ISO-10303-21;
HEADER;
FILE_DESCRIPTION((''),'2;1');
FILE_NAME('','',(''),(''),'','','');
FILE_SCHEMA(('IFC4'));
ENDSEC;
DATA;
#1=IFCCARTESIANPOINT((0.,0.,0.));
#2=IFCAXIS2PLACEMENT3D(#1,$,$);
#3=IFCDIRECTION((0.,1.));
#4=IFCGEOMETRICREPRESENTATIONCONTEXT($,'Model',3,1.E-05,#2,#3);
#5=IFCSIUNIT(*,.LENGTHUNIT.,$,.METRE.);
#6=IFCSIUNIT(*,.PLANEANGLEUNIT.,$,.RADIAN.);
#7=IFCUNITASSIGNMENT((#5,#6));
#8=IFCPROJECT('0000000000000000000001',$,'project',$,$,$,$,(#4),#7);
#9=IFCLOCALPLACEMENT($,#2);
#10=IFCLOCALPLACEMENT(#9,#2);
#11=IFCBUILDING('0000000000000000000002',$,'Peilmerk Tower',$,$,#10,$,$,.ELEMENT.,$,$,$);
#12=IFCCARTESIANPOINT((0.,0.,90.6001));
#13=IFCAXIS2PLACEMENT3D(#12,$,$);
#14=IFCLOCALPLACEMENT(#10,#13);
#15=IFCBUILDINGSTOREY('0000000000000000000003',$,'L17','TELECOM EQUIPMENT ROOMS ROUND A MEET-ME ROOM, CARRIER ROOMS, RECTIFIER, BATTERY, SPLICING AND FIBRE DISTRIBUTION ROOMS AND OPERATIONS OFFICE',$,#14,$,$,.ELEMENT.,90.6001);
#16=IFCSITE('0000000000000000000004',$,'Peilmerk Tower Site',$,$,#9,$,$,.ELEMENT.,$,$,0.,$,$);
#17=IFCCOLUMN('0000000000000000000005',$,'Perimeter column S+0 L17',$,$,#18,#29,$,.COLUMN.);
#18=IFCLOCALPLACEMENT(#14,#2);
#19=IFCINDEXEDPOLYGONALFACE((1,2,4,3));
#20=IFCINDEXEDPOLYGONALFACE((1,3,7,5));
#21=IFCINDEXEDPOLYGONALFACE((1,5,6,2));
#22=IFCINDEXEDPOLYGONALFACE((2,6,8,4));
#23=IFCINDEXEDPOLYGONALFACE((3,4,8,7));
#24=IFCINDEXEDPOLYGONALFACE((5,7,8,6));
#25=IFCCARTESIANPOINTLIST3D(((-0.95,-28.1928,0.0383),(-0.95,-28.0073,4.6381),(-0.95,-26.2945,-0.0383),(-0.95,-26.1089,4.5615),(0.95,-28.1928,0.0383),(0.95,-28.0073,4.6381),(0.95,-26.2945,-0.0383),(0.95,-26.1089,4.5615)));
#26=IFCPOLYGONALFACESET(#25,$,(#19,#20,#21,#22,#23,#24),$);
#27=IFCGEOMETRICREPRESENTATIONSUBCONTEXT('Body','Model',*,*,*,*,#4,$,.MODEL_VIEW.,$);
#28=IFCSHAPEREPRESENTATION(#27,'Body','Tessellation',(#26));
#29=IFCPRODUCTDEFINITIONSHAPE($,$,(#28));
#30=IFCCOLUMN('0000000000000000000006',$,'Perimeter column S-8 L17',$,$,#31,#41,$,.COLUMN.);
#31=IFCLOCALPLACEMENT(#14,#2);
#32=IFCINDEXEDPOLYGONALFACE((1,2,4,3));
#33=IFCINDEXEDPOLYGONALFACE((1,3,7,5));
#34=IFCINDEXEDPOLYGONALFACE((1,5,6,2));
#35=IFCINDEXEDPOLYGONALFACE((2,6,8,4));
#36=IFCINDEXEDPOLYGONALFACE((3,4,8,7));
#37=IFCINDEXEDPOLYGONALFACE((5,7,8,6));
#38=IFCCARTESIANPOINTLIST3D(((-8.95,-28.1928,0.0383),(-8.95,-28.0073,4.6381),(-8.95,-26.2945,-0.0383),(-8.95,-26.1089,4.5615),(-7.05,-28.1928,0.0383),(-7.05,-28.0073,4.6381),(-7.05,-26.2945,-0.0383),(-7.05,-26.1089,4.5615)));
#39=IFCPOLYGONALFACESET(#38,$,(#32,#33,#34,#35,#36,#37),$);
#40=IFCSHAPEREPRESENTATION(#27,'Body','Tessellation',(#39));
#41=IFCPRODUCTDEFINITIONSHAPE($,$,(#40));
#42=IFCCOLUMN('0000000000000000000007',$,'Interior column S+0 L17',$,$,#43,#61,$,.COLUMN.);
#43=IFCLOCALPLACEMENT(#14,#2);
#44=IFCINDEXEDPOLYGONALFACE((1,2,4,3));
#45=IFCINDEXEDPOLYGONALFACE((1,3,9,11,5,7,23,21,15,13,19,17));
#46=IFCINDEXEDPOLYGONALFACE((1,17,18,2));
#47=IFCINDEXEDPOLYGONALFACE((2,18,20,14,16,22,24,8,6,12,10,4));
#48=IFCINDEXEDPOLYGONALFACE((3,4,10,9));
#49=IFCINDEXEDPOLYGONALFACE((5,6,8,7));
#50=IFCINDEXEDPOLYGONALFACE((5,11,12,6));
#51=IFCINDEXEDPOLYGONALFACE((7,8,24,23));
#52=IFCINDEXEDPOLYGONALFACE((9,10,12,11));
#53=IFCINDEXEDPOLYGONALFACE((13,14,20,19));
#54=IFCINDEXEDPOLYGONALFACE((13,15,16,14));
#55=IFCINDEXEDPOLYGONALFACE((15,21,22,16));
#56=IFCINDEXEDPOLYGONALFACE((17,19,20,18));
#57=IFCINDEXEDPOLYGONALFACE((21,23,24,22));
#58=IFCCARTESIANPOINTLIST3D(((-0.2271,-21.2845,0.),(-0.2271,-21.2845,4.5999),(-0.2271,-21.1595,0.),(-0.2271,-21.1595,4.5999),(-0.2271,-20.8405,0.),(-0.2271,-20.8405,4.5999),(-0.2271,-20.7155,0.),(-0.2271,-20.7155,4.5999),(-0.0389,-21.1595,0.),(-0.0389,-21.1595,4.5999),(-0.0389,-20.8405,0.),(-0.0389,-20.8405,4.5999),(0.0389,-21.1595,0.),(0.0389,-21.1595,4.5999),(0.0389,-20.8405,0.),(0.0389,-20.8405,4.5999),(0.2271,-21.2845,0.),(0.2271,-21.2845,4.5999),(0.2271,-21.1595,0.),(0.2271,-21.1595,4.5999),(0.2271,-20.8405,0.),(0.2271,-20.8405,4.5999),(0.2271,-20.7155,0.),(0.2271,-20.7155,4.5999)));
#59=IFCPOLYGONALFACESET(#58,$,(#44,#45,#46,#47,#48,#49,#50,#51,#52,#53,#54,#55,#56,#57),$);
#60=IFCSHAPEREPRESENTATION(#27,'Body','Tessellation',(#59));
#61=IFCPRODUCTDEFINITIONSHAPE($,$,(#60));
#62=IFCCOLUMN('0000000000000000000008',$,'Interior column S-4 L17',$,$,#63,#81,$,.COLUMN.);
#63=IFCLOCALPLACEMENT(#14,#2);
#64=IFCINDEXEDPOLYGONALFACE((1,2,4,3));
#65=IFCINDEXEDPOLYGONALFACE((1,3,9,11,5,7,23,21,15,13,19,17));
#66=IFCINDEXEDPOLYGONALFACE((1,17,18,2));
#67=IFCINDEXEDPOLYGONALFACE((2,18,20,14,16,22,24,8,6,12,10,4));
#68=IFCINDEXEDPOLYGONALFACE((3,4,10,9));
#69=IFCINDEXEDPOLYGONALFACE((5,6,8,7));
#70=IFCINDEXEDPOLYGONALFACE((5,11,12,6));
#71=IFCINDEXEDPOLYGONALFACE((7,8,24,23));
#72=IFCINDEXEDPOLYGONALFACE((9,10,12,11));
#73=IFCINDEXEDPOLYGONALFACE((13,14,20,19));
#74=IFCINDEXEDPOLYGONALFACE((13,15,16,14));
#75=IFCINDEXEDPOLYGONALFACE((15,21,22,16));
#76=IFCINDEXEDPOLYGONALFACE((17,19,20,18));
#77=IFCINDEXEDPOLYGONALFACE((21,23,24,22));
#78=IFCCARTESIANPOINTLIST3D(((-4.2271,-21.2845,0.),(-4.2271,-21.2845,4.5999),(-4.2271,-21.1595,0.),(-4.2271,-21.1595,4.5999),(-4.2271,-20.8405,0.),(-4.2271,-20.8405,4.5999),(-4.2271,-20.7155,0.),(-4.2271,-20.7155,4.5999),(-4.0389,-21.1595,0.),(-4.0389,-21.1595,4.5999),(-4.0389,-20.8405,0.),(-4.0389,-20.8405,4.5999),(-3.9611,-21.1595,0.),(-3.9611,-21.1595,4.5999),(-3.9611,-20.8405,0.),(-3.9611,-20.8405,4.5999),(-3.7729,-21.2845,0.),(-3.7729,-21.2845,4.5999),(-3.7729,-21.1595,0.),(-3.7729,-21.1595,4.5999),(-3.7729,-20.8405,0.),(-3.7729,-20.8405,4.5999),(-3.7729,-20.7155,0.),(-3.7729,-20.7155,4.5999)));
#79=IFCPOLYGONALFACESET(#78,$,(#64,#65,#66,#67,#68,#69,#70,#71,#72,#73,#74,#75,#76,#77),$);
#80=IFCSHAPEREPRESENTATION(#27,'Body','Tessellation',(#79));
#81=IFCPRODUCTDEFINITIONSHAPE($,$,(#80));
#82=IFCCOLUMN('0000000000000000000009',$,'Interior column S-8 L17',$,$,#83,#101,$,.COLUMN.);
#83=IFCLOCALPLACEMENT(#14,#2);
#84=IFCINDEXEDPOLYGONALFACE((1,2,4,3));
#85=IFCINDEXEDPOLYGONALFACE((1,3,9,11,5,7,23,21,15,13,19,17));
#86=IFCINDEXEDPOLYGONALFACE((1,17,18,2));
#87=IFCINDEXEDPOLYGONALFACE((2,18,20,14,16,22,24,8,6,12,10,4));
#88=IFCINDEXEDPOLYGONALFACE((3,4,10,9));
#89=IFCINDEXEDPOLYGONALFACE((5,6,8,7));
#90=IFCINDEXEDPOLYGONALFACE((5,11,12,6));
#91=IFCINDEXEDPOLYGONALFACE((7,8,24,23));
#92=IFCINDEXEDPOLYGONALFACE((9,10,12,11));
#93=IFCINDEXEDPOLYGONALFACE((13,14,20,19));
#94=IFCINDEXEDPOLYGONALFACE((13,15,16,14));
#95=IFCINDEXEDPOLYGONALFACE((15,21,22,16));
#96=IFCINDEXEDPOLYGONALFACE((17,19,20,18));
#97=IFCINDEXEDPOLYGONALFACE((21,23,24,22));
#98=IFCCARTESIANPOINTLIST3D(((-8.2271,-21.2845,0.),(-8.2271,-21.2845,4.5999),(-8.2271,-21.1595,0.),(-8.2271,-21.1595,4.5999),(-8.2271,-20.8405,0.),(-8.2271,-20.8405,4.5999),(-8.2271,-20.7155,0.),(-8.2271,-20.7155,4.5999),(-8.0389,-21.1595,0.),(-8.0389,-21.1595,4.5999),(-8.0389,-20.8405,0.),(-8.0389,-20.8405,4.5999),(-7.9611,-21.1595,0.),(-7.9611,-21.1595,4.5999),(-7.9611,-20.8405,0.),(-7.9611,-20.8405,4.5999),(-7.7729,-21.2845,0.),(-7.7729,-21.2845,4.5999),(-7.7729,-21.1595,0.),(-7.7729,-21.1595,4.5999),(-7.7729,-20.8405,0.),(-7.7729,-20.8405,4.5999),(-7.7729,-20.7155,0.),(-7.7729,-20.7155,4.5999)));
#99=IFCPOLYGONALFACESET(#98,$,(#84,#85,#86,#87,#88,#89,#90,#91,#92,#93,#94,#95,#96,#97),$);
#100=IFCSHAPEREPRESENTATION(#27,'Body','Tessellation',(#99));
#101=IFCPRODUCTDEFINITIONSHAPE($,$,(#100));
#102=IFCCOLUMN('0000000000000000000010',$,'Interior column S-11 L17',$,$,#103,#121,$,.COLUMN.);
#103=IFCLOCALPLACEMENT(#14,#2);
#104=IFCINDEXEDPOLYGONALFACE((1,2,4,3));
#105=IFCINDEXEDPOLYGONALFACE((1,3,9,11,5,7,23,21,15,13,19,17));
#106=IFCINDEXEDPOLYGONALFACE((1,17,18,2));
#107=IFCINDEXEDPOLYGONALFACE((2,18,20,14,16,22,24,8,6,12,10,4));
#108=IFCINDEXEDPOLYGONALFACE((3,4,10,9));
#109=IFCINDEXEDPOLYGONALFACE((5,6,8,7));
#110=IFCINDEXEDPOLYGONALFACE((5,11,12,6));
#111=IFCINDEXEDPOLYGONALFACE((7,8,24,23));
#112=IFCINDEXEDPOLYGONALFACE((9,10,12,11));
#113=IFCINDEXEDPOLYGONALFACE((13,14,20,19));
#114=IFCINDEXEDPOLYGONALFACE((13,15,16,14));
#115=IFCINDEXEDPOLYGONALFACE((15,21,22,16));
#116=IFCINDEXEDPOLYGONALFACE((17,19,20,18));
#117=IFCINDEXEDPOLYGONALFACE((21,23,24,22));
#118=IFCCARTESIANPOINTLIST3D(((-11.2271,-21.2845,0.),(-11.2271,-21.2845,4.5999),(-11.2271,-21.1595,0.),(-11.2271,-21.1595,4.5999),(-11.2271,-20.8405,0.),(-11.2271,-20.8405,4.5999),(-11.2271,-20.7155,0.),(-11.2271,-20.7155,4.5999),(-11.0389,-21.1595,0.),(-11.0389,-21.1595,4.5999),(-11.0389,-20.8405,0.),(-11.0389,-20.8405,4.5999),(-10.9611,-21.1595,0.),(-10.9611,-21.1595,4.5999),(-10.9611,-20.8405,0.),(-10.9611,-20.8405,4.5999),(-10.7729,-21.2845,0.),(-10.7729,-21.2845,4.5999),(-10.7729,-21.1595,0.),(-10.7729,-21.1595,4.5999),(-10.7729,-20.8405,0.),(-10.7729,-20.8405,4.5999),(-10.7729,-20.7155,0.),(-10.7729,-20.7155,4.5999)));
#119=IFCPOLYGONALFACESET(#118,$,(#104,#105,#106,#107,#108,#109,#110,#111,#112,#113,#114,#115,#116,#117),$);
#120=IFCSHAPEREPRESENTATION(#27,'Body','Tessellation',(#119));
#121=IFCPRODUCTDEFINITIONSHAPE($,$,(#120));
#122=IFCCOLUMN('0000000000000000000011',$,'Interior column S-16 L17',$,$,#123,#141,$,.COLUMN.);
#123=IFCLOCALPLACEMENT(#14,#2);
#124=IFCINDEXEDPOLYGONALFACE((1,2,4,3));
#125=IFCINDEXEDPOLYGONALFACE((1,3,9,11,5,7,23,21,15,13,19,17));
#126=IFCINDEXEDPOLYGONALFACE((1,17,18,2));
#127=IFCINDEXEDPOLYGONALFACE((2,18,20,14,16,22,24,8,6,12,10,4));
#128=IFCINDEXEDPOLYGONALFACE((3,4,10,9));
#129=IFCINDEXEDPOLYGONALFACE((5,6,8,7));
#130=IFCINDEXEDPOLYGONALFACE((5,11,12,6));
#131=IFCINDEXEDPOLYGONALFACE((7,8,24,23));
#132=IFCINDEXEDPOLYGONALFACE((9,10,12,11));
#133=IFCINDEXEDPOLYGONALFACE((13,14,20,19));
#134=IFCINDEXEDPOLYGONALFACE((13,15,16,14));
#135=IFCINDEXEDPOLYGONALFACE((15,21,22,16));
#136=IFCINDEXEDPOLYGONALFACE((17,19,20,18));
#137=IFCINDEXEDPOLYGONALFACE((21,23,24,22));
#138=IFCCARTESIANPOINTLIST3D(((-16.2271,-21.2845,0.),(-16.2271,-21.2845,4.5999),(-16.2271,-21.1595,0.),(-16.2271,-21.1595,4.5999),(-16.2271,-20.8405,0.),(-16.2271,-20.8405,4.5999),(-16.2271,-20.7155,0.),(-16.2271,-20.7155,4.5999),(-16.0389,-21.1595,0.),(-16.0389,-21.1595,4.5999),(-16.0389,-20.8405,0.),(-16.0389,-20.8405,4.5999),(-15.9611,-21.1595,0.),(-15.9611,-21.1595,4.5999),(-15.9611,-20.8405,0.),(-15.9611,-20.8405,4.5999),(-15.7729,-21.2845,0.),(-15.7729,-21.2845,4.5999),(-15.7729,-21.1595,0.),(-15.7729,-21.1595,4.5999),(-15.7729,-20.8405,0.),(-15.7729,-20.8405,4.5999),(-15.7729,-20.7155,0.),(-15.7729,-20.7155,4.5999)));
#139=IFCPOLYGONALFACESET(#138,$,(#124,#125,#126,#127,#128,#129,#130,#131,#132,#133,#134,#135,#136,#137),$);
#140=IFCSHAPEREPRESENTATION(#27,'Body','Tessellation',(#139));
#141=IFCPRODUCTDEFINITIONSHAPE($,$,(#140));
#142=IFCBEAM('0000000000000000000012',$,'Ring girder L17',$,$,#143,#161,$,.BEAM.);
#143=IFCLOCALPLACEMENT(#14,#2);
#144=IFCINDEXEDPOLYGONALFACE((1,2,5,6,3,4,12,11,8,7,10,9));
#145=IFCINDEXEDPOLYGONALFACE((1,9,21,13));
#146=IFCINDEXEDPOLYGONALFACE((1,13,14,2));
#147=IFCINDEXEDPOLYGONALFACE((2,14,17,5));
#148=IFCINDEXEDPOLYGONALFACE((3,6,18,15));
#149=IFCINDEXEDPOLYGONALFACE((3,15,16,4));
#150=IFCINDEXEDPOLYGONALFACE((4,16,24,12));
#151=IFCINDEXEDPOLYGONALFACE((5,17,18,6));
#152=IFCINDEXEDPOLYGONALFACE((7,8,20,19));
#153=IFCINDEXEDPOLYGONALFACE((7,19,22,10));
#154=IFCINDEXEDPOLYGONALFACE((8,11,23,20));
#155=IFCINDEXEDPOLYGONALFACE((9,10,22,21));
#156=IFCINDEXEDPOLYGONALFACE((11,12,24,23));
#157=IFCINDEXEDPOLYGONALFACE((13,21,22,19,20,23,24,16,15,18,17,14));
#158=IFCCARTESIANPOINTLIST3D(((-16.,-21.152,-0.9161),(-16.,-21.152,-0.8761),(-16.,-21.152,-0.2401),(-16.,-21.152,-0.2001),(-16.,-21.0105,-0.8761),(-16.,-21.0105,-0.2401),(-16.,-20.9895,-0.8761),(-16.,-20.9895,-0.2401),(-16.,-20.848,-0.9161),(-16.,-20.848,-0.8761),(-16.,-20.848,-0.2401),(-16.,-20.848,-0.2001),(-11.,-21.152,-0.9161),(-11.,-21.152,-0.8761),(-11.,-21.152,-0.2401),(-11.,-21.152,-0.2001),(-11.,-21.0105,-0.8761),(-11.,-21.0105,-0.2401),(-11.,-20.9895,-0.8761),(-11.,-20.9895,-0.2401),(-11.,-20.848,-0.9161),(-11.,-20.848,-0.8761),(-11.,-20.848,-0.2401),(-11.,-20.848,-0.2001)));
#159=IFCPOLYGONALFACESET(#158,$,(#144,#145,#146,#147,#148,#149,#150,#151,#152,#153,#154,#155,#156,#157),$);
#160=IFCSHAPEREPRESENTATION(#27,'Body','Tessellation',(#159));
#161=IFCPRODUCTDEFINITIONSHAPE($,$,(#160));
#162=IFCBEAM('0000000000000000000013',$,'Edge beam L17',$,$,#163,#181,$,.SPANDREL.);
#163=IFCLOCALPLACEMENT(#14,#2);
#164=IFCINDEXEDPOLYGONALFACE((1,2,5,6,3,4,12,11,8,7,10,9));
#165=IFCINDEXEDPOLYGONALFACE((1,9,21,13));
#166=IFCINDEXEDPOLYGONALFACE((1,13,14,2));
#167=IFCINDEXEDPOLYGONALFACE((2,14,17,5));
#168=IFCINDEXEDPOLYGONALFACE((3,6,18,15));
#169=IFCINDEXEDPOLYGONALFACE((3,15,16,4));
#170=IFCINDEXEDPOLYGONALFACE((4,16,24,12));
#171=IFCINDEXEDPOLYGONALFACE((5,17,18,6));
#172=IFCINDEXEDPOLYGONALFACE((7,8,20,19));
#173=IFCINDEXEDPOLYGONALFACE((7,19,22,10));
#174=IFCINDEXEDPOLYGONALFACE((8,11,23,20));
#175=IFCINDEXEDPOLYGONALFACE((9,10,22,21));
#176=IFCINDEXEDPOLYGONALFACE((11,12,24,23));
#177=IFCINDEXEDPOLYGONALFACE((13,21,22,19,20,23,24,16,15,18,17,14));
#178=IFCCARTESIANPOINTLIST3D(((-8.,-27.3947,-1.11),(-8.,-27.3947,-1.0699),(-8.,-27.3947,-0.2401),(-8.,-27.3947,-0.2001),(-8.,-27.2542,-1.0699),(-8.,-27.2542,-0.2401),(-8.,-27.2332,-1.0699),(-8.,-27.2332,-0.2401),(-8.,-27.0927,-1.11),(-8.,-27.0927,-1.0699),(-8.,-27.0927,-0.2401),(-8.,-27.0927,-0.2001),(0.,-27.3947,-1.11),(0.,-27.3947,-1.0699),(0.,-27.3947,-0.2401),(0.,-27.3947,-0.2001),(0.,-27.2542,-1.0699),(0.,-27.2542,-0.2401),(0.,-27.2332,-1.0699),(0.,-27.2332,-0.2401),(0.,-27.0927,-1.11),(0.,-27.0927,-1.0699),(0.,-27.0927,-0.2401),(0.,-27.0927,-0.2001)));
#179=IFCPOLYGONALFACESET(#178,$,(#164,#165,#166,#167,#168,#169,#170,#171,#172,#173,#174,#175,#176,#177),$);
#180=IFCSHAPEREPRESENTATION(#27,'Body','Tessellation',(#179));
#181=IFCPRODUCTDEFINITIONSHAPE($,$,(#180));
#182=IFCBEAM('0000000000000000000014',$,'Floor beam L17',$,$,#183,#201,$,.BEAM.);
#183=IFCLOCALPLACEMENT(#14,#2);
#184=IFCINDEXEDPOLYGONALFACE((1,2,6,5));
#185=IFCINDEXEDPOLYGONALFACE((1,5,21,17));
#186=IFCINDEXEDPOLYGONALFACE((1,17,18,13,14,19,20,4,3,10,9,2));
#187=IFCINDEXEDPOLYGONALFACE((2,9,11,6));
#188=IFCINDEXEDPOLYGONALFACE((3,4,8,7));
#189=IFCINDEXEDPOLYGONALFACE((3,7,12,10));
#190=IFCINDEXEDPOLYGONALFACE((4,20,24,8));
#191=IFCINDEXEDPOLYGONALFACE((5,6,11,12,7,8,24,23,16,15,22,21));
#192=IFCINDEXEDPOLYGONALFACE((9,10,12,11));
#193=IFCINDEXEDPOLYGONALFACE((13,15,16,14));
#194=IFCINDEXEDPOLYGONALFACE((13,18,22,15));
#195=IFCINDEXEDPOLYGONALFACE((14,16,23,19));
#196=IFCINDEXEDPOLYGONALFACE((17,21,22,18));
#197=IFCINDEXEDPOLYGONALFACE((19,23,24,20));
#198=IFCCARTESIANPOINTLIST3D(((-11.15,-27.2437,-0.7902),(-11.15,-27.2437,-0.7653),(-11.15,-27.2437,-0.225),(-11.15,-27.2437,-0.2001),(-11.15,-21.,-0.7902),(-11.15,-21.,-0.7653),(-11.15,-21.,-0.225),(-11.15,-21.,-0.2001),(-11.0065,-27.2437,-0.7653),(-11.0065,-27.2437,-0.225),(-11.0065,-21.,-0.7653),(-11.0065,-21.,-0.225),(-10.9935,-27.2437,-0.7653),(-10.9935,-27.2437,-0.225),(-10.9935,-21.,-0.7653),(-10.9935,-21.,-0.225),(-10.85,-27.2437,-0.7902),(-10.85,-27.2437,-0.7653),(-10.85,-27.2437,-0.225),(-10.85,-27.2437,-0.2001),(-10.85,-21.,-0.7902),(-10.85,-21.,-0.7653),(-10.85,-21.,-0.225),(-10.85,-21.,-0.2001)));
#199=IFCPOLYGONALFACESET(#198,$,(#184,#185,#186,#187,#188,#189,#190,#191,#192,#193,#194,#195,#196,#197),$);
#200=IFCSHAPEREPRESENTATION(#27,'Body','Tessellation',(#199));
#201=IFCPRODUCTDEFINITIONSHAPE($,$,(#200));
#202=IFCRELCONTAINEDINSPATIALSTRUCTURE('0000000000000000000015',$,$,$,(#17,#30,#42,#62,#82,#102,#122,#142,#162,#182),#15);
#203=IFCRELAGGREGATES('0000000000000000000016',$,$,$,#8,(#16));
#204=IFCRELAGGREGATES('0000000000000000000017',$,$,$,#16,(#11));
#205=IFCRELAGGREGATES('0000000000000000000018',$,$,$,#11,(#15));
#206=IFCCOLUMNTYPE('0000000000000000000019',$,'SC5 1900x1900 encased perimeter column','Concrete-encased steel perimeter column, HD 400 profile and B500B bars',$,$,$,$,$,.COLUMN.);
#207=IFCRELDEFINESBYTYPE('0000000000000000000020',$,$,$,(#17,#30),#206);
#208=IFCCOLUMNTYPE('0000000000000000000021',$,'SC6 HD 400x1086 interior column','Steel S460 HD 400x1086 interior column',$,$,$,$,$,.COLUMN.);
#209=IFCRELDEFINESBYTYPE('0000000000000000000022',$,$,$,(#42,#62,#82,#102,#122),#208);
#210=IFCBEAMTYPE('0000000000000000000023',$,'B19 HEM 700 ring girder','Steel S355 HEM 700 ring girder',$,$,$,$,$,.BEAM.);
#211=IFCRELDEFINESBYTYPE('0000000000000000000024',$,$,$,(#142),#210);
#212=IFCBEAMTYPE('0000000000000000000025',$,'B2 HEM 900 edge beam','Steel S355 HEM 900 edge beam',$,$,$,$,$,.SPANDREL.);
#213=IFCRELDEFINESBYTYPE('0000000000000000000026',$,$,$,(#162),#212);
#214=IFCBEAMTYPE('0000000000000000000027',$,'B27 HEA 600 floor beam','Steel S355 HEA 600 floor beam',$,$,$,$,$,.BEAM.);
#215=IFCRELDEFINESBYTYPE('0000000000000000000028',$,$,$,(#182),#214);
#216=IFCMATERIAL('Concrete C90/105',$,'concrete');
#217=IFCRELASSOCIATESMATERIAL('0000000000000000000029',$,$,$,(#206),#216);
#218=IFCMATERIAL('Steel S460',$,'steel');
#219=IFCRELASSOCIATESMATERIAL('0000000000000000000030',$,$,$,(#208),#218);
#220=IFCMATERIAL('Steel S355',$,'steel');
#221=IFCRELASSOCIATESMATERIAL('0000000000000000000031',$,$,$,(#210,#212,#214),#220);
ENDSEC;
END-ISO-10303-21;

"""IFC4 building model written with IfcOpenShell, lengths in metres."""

from ifc_helpers import new_model, si_unit, direction, frame, origin, origin_2d, place, context, subcontext, project, spatial, rectangle, i_section, extrude, material, material_profile, profile_set, type_object, element, save


model = new_model("IFC4")

# Units and contexts
model_context = context("Model", 3, precision=1e-05, world=origin(), true_north=direction((0.0, 1.0)))
body_context = subcontext(model_context, "Body", "Model", "MODEL_VIEW")
ifc_project = project(units=[si_unit("LENGTHUNIT", "METRE"), si_unit("PLANEANGLEUNIT", "RADIAN")], contexts=[model_context])

# Site, building, storey
site_placement = place(None, origin())
site = spatial("IfcSite", under=ifc_project, at=site_placement, Name="Peilmerk Tower Site", CompositionType="ELEMENT", RefElevation=0.0)
building_placement = place(site_placement, origin())
building = spatial("IfcBuilding", under=site, at=building_placement, Name="Peilmerk Tower", CompositionType="ELEMENT")
storey_placement = place(building_placement, frame((0.0, 0.0, 90.6001)))
storey = spatial("IfcBuildingStorey", under=building, at=storey_placement, Name="L17", Description="TELECOM EQUIPMENT ROOMS ROUND A MEET-ME ROOM, CARRIER ROOMS, RECTIFIER, BATTERY, SPLICING AND FIBRE DISTRIBUTION ROOMS AND OPERATIONS OFFICE", CompositionType="ELEMENT", Elevation=90.6001)

# Columns
ifc_material_1 = material(Name="Concrete C90/105", Category="concrete")
ifc_material_profile_1 = material_profile(ifc_material_1, rectangle(XDim=1.8999, YDim=1.8999, at=origin_2d()), Name="RC 1900x1900")
ifc_profile_set_1 = profile_set([ifc_material_profile_1], Name="Concrete C90/105")
column_type_1 = type_object("IfcColumnType", Name="SC5 1900x1900 encased perimeter column", Description="Concrete-encased steel perimeter column, HD 400 profile and B500B bars", PredefinedType="COLUMN", material=ifc_profile_set_1)
for number, where, z_axis, x_axis, name in (
    (1, (0.0, -27.2437, 0.0), (0.0, 0.040305, 0.999187), (-1.0, 0.0, 0.0), "Perimeter column S+0 L17"),
    (2, (-8.0, -27.2437, 0.0), (0.0, 0.040305, 0.999187), (-1.0, 0.0, 0.0), "Perimeter column S-8 L17"),
):
    element("IfcColumn", number, at=place(storey_placement, frame(where, z_axis=z_axis, x_axis=x_axis)), inside=storey, type_object=column_type_1, Name=name, PredefinedType="COLUMN", context=body_context, shape_type="SweptSolid", body=[
        extrude(rectangle(XDim=1.8999, YDim=1.8999, at=origin_2d()), origin(), (0.0, 0.0, 1.0), 4.6035),
    ])
ifc_material_2 = material(Name="Steel S460", Category="steel")
ifc_material_profile_2 = material_profile(ifc_material_2, i_section(OverallWidth=0.4541, OverallDepth=0.5691, WebThickness=0.0779, FlangeThickness=0.125, at=origin_2d()), Name="HD 400x1086")
ifc_profile_set_2 = profile_set([ifc_material_profile_2], Name="Steel S460")
column_type_2 = type_object("IfcColumnType", Name="SC6 HD 400x1086 interior column", Description="Steel S460 HD 400x1086 interior column", PredefinedType="COLUMN", material=ifc_profile_set_2)
for number, where, z_axis, x_axis, name in (
    (3, (0.0, -21.0, 0.0), (0.0, 0.0, 1.0), (1.0, 0.0, 0.0), "Interior column S+0 L17"),
    (4, (-4.0, -21.0, 0.0), (0.0, 0.0, 1.0), (1.0, 0.0, 0.0), "Interior column S-4 L17"),
    (5, (-8.0, -21.0, 0.0), (0.0, 0.0, 1.0), (1.0, 0.0, 0.0), "Interior column S-8 L17"),
    (6, (-11.0, -21.0, 0.0), (0.0, 0.0, 1.0), (1.0, 0.0, 0.0), "Interior column S-11 L17"),
    (7, (-16.0, -21.0, 0.0), (0.0, 0.0, 1.0), (1.0, 0.0, 0.0), "Interior column S-16 L17"),
):
    element("IfcColumn", number, at=place(storey_placement, frame(where, z_axis=z_axis, x_axis=x_axis)), inside=storey, type_object=column_type_2, Name=name, PredefinedType="COLUMN", context=body_context, shape_type="SweptSolid", body=[
        extrude(i_section(OverallWidth=0.4541, OverallDepth=0.5691, WebThickness=0.0779, FlangeThickness=0.125, at=origin_2d()), origin(), (0.0, 0.0, 1.0), 4.5999),
    ])

# Beams
ifc_material_3 = material(Name="Steel S355", Category="steel")
ifc_material_profile_3 = material_profile(ifc_material_3, i_section(OverallWidth=0.304, OverallDepth=0.7161, WebThickness=0.021, FlangeThickness=0.04, at=origin_2d()), Name="HEM 700")
ifc_profile_set_3 = profile_set([ifc_material_profile_3], Name="Steel S355")
beam_type_1 = type_object("IfcBeamType", Name="B19 HEM 700 ring girder", Description="Steel S355 HEM 700 ring girder", PredefinedType="BEAM", material=ifc_profile_set_3)
beam_1_placement = place(storey_placement, frame((-16.0, -21.0, -0.5581), z_axis=(1.0, 0.0, 0.0), x_axis=(0.0, 1.0, 0.0)))
element("IfcBeam", 8, at=beam_1_placement, inside=storey, type_object=beam_type_1, Name="Ring girder L17", PredefinedType="BEAM", context=body_context, shape_type="SweptSolid", body=[
    extrude(i_section(OverallWidth=0.304, OverallDepth=0.7161, WebThickness=0.021, FlangeThickness=0.04, at=origin_2d()), origin(), (0.0, 0.0, 1.0), 5.0),
])
ifc_material_profile_4 = material_profile(ifc_material_3, i_section(OverallWidth=0.302, OverallDepth=0.9099, WebThickness=0.021, FlangeThickness=0.04, at=origin_2d()), Name="HEM 900")
ifc_profile_set_4 = profile_set([ifc_material_profile_4], Name="Steel S355")
beam_type_2 = type_object("IfcBeamType", Name="B2 HEM 900 edge beam", Description="Steel S355 HEM 900 edge beam", PredefinedType="SPANDREL", material=ifc_profile_set_4)
beam_2_placement = place(storey_placement, frame((-8.0, -27.2437, -0.655), z_axis=(1.0, 0.0, 0.0), x_axis=(0.0, 1.0, 0.0)))
element("IfcBeam", 9, at=beam_2_placement, inside=storey, type_object=beam_type_2, Name="Edge beam L17", PredefinedType="SPANDREL", context=body_context, shape_type="SweptSolid", body=[
    extrude(i_section(OverallWidth=0.302, OverallDepth=0.9099, WebThickness=0.021, FlangeThickness=0.04, at=origin_2d()), origin(), (0.0, 0.0, 1.0), 8.0),
])
ifc_material_profile_5 = material_profile(ifc_material_3, i_section(OverallWidth=0.3, OverallDepth=0.5901, WebThickness=0.0129, FlangeThickness=0.0249, at=origin_2d()), Name="HEA 600")
ifc_profile_set_5 = profile_set([ifc_material_profile_5], Name="Steel S355")
beam_type_3 = type_object("IfcBeamType", Name="B27 HEA 600 floor beam", Description="Steel S355 HEA 600 floor beam", PredefinedType="BEAM", material=ifc_profile_set_5)
for number, where, z_axis, x_axis, name in (
    (10, (-11.0, -21.0, -0.4951), (0.0, -1.0, 0.0), (1.0, 0.0, 0.0), "Floor beam L17"),
):
    element("IfcBeam", number, at=place(storey_placement, frame(where, z_axis=z_axis, x_axis=x_axis)), inside=storey, type_object=beam_type_3, Name=name, PredefinedType="BEAM", context=body_context, shape_type="SweptSolid", body=[
        extrude(i_section(OverallWidth=0.3, OverallDepth=0.5901, WebThickness=0.0129, FlangeThickness=0.0249, at=origin_2d()), origin(), (0.0, 0.0, 1.0), 6.2437),
    ])

save(model, "model.ifc")
